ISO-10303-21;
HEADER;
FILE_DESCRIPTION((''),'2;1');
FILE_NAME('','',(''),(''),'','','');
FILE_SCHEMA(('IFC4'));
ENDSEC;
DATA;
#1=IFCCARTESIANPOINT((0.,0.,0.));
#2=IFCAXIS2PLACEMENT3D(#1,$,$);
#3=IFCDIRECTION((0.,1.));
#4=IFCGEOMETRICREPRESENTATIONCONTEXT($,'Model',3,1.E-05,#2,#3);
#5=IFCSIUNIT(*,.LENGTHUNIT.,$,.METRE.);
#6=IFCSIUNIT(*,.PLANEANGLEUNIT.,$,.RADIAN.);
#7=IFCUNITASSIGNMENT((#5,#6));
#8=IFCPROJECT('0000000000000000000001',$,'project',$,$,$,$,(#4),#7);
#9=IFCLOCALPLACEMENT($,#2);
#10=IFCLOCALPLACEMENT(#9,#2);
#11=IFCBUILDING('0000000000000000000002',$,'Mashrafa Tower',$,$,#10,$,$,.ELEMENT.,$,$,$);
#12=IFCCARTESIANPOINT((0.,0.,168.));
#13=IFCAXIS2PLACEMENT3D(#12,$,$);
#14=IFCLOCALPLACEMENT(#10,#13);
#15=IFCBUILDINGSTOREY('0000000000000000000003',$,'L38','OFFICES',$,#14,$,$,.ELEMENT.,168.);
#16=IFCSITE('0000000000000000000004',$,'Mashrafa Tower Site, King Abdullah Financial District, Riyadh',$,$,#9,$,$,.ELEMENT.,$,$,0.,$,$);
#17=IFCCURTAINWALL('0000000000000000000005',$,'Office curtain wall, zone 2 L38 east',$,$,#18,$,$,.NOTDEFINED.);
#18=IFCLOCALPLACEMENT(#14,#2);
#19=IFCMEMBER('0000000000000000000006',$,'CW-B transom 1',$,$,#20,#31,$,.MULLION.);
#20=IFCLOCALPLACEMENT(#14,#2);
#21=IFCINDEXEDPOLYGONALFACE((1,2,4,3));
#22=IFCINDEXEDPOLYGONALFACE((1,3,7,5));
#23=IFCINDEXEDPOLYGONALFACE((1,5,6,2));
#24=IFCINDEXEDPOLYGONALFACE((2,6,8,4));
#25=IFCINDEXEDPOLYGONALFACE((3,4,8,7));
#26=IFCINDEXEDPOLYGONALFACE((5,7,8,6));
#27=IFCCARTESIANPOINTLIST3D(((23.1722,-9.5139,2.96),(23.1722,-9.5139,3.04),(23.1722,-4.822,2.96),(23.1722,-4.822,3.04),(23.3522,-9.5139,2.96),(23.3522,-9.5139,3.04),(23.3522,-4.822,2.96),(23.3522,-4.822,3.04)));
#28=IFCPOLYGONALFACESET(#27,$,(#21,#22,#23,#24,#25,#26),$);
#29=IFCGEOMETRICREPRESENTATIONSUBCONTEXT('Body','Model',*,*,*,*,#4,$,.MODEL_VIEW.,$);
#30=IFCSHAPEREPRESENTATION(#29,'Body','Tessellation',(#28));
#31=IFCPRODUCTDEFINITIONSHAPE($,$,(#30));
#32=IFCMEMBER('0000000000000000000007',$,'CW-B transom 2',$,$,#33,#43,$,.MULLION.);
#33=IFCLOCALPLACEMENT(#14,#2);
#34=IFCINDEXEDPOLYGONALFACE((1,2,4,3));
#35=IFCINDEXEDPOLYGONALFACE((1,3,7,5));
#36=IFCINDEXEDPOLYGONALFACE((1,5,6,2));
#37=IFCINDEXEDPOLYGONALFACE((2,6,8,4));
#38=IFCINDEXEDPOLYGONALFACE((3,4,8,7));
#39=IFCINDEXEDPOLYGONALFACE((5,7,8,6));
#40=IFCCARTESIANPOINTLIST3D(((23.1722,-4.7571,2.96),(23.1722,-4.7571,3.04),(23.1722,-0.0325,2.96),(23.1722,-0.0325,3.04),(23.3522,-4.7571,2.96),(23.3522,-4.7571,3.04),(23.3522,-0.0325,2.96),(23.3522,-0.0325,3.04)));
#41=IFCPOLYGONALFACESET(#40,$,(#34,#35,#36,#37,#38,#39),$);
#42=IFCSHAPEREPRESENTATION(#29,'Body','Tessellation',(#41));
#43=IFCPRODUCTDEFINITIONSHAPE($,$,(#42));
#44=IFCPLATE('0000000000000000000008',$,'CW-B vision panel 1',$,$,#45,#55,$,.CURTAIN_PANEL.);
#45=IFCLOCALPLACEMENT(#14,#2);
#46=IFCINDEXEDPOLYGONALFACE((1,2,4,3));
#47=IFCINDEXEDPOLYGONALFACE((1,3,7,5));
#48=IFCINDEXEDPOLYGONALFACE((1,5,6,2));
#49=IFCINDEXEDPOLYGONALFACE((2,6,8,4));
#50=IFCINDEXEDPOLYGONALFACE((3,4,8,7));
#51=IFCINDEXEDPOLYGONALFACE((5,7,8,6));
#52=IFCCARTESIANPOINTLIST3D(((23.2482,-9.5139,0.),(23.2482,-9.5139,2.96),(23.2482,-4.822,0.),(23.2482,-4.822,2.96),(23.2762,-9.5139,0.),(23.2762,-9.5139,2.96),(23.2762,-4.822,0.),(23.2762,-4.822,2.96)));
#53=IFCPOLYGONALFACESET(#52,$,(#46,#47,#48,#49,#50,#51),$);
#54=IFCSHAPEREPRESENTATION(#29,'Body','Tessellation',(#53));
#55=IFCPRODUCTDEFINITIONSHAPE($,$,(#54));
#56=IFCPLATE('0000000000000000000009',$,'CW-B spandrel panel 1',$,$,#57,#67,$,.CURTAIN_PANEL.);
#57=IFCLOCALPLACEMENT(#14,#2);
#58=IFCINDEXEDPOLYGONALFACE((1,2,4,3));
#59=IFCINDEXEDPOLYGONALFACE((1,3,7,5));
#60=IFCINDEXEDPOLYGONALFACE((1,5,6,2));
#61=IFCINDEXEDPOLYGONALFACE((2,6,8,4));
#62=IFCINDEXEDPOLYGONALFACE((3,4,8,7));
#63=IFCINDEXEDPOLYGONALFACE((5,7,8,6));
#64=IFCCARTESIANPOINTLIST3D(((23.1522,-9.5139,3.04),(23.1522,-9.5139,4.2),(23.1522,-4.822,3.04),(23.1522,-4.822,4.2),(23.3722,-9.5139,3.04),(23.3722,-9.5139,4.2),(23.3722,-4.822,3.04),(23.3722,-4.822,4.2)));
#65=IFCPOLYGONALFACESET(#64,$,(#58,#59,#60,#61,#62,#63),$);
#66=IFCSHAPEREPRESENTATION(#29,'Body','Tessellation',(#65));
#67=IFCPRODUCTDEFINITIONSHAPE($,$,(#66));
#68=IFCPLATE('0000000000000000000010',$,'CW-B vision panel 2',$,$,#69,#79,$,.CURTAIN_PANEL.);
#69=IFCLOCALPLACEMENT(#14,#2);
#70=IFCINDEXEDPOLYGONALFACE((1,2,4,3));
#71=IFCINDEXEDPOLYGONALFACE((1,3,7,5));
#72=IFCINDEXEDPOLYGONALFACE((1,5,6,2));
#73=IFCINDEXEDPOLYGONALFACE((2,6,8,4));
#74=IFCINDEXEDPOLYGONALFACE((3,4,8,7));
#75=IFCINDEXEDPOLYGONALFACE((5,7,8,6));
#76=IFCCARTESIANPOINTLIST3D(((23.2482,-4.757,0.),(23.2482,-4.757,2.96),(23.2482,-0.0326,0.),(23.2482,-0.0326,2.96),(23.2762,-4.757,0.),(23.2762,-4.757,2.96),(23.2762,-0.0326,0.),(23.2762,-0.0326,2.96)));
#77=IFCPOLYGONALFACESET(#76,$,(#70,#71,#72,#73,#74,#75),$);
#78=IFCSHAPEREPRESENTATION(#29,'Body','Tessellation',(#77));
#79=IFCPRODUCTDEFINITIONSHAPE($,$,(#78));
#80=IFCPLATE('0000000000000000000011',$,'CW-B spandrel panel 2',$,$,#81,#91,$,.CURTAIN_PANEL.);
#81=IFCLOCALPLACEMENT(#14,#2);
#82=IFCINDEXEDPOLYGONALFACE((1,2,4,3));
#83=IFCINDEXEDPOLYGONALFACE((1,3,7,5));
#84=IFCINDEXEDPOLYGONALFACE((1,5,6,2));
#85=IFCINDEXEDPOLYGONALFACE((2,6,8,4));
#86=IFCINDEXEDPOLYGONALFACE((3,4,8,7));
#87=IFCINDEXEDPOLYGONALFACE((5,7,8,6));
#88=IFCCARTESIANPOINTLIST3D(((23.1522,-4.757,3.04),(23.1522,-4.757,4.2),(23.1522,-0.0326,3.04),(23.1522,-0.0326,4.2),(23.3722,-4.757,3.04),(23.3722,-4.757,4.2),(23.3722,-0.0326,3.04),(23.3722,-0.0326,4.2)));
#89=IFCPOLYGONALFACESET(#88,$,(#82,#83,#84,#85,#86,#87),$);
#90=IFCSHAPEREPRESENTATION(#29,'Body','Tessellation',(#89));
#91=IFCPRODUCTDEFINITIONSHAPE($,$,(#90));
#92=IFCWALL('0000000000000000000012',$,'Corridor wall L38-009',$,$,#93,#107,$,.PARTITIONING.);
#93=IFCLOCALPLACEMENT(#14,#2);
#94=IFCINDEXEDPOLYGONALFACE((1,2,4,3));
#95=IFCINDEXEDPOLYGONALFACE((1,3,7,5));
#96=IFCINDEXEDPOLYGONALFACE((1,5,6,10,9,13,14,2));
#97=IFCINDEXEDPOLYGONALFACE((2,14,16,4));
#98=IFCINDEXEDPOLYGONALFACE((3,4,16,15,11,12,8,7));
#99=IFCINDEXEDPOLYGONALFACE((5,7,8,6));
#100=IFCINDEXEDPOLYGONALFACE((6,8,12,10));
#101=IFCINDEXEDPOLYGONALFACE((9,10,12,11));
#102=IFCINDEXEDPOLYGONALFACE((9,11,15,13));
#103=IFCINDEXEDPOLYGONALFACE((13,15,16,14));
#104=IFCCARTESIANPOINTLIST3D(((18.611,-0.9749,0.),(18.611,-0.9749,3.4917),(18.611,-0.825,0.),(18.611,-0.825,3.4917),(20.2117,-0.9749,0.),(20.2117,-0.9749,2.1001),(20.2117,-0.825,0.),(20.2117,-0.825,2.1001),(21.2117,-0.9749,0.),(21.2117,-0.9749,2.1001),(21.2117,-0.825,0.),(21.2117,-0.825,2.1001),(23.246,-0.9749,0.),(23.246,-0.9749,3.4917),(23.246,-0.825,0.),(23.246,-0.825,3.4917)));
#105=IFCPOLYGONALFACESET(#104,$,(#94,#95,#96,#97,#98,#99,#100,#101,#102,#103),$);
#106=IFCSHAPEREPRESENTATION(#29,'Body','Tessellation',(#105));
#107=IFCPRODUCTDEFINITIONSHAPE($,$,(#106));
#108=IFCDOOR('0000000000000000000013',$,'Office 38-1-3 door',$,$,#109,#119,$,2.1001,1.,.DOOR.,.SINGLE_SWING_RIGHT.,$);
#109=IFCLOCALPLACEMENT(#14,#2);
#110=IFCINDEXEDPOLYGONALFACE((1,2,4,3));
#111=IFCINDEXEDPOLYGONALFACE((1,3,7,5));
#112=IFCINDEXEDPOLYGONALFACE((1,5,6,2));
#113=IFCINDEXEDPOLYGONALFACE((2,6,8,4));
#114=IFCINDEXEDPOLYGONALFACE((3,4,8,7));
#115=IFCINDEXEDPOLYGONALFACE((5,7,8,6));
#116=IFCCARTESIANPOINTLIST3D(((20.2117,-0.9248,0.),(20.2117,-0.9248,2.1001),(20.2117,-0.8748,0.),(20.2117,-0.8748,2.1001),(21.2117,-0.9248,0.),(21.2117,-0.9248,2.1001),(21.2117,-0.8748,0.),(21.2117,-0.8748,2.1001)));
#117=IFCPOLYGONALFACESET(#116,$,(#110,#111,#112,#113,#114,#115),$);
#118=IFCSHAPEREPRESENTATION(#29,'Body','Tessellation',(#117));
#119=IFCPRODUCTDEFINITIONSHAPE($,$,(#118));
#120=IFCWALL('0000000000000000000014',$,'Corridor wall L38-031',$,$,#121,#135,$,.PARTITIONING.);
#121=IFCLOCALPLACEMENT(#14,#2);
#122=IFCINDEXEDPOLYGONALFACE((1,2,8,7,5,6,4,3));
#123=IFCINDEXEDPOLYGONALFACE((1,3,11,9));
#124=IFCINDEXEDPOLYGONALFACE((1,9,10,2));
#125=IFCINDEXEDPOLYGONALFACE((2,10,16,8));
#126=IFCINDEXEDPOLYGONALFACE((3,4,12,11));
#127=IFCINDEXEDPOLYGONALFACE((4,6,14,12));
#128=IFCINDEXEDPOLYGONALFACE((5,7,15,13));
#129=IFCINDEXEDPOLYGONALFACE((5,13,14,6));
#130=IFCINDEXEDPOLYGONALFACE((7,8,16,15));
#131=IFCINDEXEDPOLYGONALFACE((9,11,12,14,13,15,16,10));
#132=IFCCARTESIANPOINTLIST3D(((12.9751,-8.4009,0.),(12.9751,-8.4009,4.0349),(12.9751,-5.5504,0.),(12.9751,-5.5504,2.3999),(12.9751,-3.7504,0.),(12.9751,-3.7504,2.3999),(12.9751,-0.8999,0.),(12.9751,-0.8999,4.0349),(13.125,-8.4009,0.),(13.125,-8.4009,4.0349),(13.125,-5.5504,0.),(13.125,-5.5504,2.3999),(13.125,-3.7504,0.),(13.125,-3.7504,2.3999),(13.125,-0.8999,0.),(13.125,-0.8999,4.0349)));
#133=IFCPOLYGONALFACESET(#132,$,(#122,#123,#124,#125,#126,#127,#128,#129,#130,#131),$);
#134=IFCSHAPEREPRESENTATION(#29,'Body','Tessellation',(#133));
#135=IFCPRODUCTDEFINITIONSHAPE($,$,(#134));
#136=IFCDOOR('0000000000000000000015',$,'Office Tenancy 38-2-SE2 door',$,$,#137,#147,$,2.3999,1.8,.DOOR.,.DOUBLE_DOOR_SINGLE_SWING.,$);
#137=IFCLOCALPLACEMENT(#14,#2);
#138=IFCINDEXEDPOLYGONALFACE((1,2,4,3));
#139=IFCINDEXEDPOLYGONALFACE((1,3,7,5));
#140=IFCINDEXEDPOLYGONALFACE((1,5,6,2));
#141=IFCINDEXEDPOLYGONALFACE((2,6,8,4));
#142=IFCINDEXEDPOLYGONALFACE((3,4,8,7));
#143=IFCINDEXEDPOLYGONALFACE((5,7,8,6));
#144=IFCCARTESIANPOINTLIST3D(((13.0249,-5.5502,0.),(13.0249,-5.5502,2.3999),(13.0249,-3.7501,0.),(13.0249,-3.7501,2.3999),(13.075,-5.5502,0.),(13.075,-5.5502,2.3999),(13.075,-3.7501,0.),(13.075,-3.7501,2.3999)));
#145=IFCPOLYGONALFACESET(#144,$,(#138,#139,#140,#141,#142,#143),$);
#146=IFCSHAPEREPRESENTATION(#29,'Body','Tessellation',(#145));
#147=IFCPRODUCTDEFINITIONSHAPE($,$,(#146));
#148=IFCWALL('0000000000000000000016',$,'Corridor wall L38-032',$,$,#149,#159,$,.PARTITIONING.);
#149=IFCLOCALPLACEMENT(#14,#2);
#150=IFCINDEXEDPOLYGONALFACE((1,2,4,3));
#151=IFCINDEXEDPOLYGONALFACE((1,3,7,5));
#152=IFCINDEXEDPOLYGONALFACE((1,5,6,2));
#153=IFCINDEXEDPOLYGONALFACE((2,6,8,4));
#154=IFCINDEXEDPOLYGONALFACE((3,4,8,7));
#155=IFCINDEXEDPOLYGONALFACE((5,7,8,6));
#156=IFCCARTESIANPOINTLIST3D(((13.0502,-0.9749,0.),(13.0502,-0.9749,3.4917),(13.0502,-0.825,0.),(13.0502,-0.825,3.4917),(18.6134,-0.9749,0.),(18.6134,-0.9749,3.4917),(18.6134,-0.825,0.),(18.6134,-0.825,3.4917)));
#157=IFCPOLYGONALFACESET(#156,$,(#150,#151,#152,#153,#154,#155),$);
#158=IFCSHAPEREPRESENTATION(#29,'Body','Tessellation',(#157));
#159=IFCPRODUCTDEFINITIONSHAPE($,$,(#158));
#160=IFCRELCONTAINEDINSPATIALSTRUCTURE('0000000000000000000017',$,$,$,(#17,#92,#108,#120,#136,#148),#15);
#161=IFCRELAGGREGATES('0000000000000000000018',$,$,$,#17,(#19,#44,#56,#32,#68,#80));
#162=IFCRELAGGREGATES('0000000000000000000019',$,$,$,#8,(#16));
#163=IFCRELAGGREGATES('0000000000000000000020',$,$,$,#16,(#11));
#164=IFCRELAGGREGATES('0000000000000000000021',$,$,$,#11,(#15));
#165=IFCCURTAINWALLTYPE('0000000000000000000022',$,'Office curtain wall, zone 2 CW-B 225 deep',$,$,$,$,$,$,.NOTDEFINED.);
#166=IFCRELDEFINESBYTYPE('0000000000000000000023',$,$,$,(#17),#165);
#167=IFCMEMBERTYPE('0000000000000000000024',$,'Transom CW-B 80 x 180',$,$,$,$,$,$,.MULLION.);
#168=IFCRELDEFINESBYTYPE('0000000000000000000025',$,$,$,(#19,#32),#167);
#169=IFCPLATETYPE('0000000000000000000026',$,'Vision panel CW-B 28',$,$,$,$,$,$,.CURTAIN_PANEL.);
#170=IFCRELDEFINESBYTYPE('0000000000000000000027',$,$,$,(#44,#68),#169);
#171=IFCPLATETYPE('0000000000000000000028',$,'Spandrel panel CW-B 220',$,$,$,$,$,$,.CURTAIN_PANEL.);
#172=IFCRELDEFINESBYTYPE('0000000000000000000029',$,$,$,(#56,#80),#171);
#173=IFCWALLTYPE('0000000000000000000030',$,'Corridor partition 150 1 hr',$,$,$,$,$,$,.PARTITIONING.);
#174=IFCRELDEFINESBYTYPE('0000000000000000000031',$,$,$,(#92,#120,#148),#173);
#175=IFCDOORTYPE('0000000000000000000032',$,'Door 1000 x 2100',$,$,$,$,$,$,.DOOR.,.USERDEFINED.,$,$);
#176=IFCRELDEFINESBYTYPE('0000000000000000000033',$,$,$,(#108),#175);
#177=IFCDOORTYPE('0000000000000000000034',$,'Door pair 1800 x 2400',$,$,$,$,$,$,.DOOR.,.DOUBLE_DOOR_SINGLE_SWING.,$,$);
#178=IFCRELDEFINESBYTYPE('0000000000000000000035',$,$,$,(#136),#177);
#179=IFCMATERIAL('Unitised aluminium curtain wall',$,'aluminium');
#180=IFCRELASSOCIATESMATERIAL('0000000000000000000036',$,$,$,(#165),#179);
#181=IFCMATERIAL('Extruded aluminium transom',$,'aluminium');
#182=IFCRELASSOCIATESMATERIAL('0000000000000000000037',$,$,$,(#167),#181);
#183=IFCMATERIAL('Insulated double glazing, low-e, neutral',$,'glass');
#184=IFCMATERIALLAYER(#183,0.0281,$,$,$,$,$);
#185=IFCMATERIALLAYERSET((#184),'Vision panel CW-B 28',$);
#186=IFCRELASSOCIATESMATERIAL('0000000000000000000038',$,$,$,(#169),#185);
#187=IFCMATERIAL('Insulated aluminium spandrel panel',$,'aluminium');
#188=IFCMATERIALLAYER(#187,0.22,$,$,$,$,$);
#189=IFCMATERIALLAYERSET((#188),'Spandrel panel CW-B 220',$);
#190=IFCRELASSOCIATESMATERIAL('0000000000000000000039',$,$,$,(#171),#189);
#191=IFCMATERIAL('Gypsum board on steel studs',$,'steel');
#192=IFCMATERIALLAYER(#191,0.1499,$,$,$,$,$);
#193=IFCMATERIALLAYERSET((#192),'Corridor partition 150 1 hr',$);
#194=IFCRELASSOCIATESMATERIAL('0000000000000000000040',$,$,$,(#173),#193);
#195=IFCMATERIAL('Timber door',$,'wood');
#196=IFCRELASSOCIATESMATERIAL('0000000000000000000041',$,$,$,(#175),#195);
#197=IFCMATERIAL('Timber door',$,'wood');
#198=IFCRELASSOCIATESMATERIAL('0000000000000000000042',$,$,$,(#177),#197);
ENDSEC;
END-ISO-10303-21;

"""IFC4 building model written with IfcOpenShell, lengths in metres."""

from ifc_helpers import new_model, si_unit, direction, frame, frame_2d, origin, origin_2d, place, context, subcontext, project, spatial, rectangle, extrude, source, transform, mapped, material, layer, layer_set, material_profile, profile_set, type_object, type_shapes, element, fill, aggregate, save


model = new_model("IFC4")

# Units and contexts
model_context = context("Model", 3, precision=1e-05, world=origin(), true_north=direction((0.0, 1.0)))
body_context = subcontext(model_context, "Body", "Model", "MODEL_VIEW")
ifc_project = project(units=[si_unit("LENGTHUNIT", "METRE"), si_unit("PLANEANGLEUNIT", "RADIAN")], contexts=[model_context])

# Site, building, storey
site_placement = place(None, origin())
site = spatial("IfcSite", under=ifc_project, at=site_placement, Name="Mashrafa Tower Site, King Abdullah Financial District, Riyadh", CompositionType="ELEMENT", RefElevation=0.0)
building_placement = place(site_placement, origin())
building = spatial("IfcBuilding", under=site, at=building_placement, Name="Mashrafa Tower", CompositionType="ELEMENT")
storey_placement = place(building_placement, frame((0.0, 0.0, 168.0)))
storey = spatial("IfcBuildingStorey", under=building, at=storey_placement, Name="L38", Description="OFFICES", CompositionType="ELEMENT", Elevation=168.0)

# Curtain wall
ifc_material_1 = material(Name="Unitised aluminium curtain wall", Category="aluminium")
curtain_wall_type = type_object("IfcCurtainWallType", Name="Office curtain wall, zone 2 CW-B 225 deep", PredefinedType="NOTDEFINED", material=ifc_material_1)
curtain_wall_1_placement = place(storey_placement, origin())
curtain_wall_1 = element("IfcCurtainWall", 1, at=curtain_wall_1_placement, inside=storey, type_object=curtain_wall_type, Name="Office curtain wall, zone 2 L38 east", PredefinedType="NOTDEFINED")

# Members
ifc_material_2 = material(Name="Extruded aluminium transom", Category="aluminium")
ifc_material_profile_1 = material_profile(ifc_material_2, rectangle(XDim=0.1799, YDim=0.0801, at=origin_2d()), Name="Transom 80x180")
ifc_profile_set_1 = profile_set([ifc_material_profile_1], Name="Extruded aluminium transom")
member_type_1 = type_object("IfcMemberType", Name="Transom CW-B 80 x 180", PredefinedType="MULLION", material=ifc_profile_set_1)
shared_shape_1 = source(origin(), body_context, "Body", "SweptSolid", [
    extrude(rectangle(XDim=0.1799, YDim=0.0801, at=origin_2d()), origin(), (0.0, 0.0, 1.0), 4.6919),
])
member_1_placement = place(storey_placement, frame((23.2622, -9.5139, 3.0), z_axis=(0.0, 1.0, 0.0), x_axis=(-1.0, 0.0, 0.0)))
member_1 = element("IfcMember", 2, at=member_1_placement, type_object=member_type_1, Name="CW-B transom 1", PredefinedType="MULLION", context=body_context, shape_type="MappedRepresentation", body=[
    mapped(shared_shape_1, transform((0.0, 0.0, 0.0))),
])
shared_shape_2 = source(origin(), body_context, "Body", "SweptSolid", [
    extrude(rectangle(XDim=0.1799, YDim=0.0801, at=origin_2d()), origin(), (0.0, 0.0, 1.0), 4.7246),
])
type_shapes(member_type_1, [shared_shape_1, shared_shape_2])
member_2_placement = place(storey_placement, frame((23.2622, -4.7571, 3.0), z_axis=(0.0, 1.0, 0.0), x_axis=(-1.0, 0.0, 0.0)))
member_2 = element("IfcMember", 3, at=member_2_placement, type_object=member_type_1, Name="CW-B transom 2", PredefinedType="MULLION", context=body_context, shape_type="MappedRepresentation", body=[
    mapped(shared_shape_2, transform((0.0, 0.0, 0.0))),
])

# Plates
ifc_material_3 = material(Name="Insulated double glazing, low-e, neutral", Category="glass")
ifc_layer_1 = layer(ifc_material_3, 0.0281)
ifc_layer_set_1 = layer_set([ifc_layer_1], Name="Vision panel CW-B 28")
plate_type_1 = type_object("IfcPlateType", Name="Vision panel CW-B 28", PredefinedType="CURTAIN_PANEL", material=ifc_layer_set_1)
shared_shape_3 = source(origin(), body_context, "Body", "SweptSolid", [
    extrude(rectangle(XDim=4.6919, YDim=0.0281, at=origin_2d()), origin(), (0.0, 0.0, 1.0), 2.96),
])
plate_1_placement = place(storey_placement, frame((23.2622, -7.168, 0.0), z_axis=(0.0, 0.0, 1.0), x_axis=(0.0, 1.0, 0.0)))
plate_1 = element("IfcPlate", 4, at=plate_1_placement, type_object=plate_type_1, Name="CW-B vision panel 1", PredefinedType="CURTAIN_PANEL", context=body_context, shape_type="MappedRepresentation", body=[
    mapped(shared_shape_3, transform((0.0, 0.0, 0.0))),
])
ifc_material_4 = material(Name="Insulated aluminium spandrel panel", Category="aluminium")
ifc_layer_2 = layer(ifc_material_4, 0.22)
ifc_layer_set_2 = layer_set([ifc_layer_2], Name="Spandrel panel CW-B 220")
plate_type_2 = type_object("IfcPlateType", Name="Spandrel panel CW-B 220", PredefinedType="CURTAIN_PANEL", material=ifc_layer_set_2)
shared_shape_4 = source(origin(), body_context, "Body", "SweptSolid", [
    extrude(rectangle(XDim=4.6919, YDim=0.22, at=origin_2d()), origin(), (0.0, 0.0, 1.0), 1.1599),
])
plate_2_placement = place(storey_placement, frame((23.2622, -7.168, 3.04), z_axis=(0.0, 0.0, 1.0), x_axis=(0.0, 1.0, 0.0)))
plate_2 = element("IfcPlate", 5, at=plate_2_placement, type_object=plate_type_2, Name="CW-B spandrel panel 1", PredefinedType="CURTAIN_PANEL", context=body_context, shape_type="MappedRepresentation", body=[
    mapped(shared_shape_4, transform((0.0, 0.0, 0.0))),
])
shared_shape_5 = source(origin(), body_context, "Body", "SweptSolid", [
    extrude(rectangle(XDim=4.7244, YDim=0.0281, at=origin_2d()), origin(), (0.0, 0.0, 1.0), 2.96),
])
type_shapes(plate_type_1, [shared_shape_3, shared_shape_5])
plate_3_placement = place(storey_placement, frame((23.2622, -2.3948, 0.0), z_axis=(0.0, 0.0, 1.0), x_axis=(0.0, 1.0, 0.0)))
plate_3 = element("IfcPlate", 6, at=plate_3_placement, type_object=plate_type_1, Name="CW-B vision panel 2", PredefinedType="CURTAIN_PANEL", context=body_context, shape_type="MappedRepresentation", body=[
    mapped(shared_shape_5, transform((0.0, 0.0, 0.0))),
])
shared_shape_6 = source(origin(), body_context, "Body", "SweptSolid", [
    extrude(rectangle(XDim=4.7244, YDim=0.22, at=origin_2d()), origin(), (0.0, 0.0, 1.0), 1.1599),
])
type_shapes(plate_type_2, [shared_shape_4, shared_shape_6])
plate_4_placement = place(storey_placement, frame((23.2622, -2.3948, 3.04), z_axis=(0.0, 0.0, 1.0), x_axis=(0.0, 1.0, 0.0)))
plate_4 = element("IfcPlate", 7, at=plate_4_placement, type_object=plate_type_2, Name="CW-B spandrel panel 2", PredefinedType="CURTAIN_PANEL", context=body_context, shape_type="MappedRepresentation", body=[
    mapped(shared_shape_6, transform((0.0, 0.0, 0.0))),
])
aggregate(curtain_wall_1, [member_1, plate_1, plate_2, member_2, plate_3, plate_4])

# Walls, openings, doors
ifc_material_5 = material(Name="Gypsum board on steel studs", Category="steel")
ifc_layer_3 = layer(ifc_material_5, 0.1499)
ifc_layer_set_3 = layer_set([ifc_layer_3], Name="Corridor partition 150 1 hr")
wall_type_1 = type_object("IfcWallType", Name="Corridor partition 150 1 hr", PredefinedType="PARTITIONING", material=ifc_layer_set_3)
wall_1_placement = place(storey_placement, frame((18.6111, -0.8999, 0.0), z_axis=(0.0, 0.0, 1.0), x_axis=(1.0, 0.0, 0.0)))
wall_1 = element("IfcWall", 8, at=wall_1_placement, inside=storey, type_object=wall_type_1, Name="Corridor wall L38-009", PredefinedType="PARTITIONING", context=body_context, shape_type="SweptSolid", body=[
    extrude(rectangle(XDim=4.635, YDim=0.1499, at=frame_2d((2.3174, 0.0))), origin(), (0.0, 0.0, 1.0), 3.4917),
])
opening_1_placement = place(wall_1_placement, frame((1.6006, 0.0, 0.0)))
opening_1 = element("IfcOpeningElement", 9, at=opening_1_placement, cuts=wall_1, PredefinedType="OPENING", context=body_context, shape_type="SweptSolid", body=[
    extrude(rectangle(XDim=1.0, YDim=2.1001, at=frame_2d((0.5, 1.05))), frame((0.0, 0.085, 0.0), z_axis=(0.0, -1.0, 0.0), x_axis=(1.0, 0.0, 0.0)), (0.0, 0.0, 1.0), 0.1699),
])
ifc_material_6 = material(Name="Timber door", Category="wood")
door_type_1 = type_object("IfcDoorType", Name="Door 1000 x 2100", OperationType="USERDEFINED", PredefinedType="DOOR", material=ifc_material_6)
door_1_placement = place(opening_1_placement, frame((1.0, 0.0, 0.0), z_axis=(0.0, 0.0, 1.0), x_axis=(-1.0, 0.0, 0.0)))
door_1 = element("IfcDoor", 10, at=door_1_placement, inside=storey, type_object=door_type_1, Name="Office 38-1-3 door", OperationType="SINGLE_SWING_RIGHT", OverallHeight=2.1001, OverallWidth=1.0, PredefinedType="DOOR", context=body_context, shape_type="SweptSolid", body=[
    extrude(rectangle(XDim=1.0, YDim=2.1001, at=frame_2d((0.5, 1.05))), frame((0.0, 0.0249, 0.0), z_axis=(0.0, -1.0, 0.0), x_axis=(1.0, 0.0, 0.0)), (0.0, 0.0, 1.0), 0.05),
])
fill(opening_1, door_1)
wall_2_placement = place(storey_placement, frame((13.05, -8.4009, 0.0), z_axis=(0.0, 0.0, 1.0), x_axis=(0.0, 1.0, 0.0)))
wall_2 = element("IfcWall", 11, at=wall_2_placement, inside=storey, type_object=wall_type_1, Name="Corridor wall L38-031", PredefinedType="PARTITIONING", context=body_context, shape_type="SweptSolid", body=[
    extrude(rectangle(XDim=7.501, YDim=0.1499, at=frame_2d((3.7505, 0.0))), origin(), (0.0, 0.0, 1.0), 4.0349),
])
opening_2_placement = place(wall_2_placement, frame((2.8506, 0.0, 0.0)))
opening_2 = element("IfcOpeningElement", 12, at=opening_2_placement, cuts=wall_2, PredefinedType="OPENING", context=body_context, shape_type="SweptSolid", body=[
    extrude(rectangle(XDim=1.8, YDim=2.3999, at=frame_2d((0.8999, 1.2))), frame((0.0, 0.085, 0.0), z_axis=(0.0, -1.0, 0.0), x_axis=(1.0, 0.0, 0.0)), (0.0, 0.0, 1.0), 0.1699),
])
ifc_material_7 = material(Name="Timber door", Category="wood")
door_type_2 = type_object("IfcDoorType", Name="Door pair 1800 x 2400", OperationType="DOUBLE_DOOR_SINGLE_SWING", PredefinedType="DOOR", material=ifc_material_7)
door_2_placement = place(opening_2_placement, frame((1.8, 0.0, 0.0), z_axis=(0.0, 0.0, 1.0), x_axis=(-1.0, 0.0, 0.0)))
door_2 = element("IfcDoor", 13, at=door_2_placement, inside=storey, type_object=door_type_2, Name="Office Tenancy 38-2-SE2 door", OperationType="DOUBLE_DOOR_SINGLE_SWING", OverallHeight=2.3999, OverallWidth=1.8, PredefinedType="DOOR", context=body_context, shape_type="SweptSolid", body=[
    extrude(rectangle(XDim=1.8, YDim=2.3999, at=frame_2d((0.8999, 1.2))), frame((0.0, 0.0249, 0.0), z_axis=(0.0, -1.0, 0.0), x_axis=(1.0, 0.0, 0.0)), (0.0, 0.0, 1.0), 0.05),
])
fill(opening_2, door_2)

# Wall
wall_3_placement = place(storey_placement, frame((13.05, -0.8999, 0.0), z_axis=(0.0, 0.0, 1.0), x_axis=(1.0, 0.0, 0.0)))
element("IfcWall", 14, at=wall_3_placement, inside=storey, type_object=wall_type_1, Name="Corridor wall L38-032", PredefinedType="PARTITIONING", context=body_context, shape_type="SweptSolid", body=[
    extrude(rectangle(XDim=5.5632, YDim=0.1499, at=frame_2d((2.7817, 0.0))), origin(), (0.0, 0.0, 1.0), 3.4917),
])

save(model, "model.ifc")
